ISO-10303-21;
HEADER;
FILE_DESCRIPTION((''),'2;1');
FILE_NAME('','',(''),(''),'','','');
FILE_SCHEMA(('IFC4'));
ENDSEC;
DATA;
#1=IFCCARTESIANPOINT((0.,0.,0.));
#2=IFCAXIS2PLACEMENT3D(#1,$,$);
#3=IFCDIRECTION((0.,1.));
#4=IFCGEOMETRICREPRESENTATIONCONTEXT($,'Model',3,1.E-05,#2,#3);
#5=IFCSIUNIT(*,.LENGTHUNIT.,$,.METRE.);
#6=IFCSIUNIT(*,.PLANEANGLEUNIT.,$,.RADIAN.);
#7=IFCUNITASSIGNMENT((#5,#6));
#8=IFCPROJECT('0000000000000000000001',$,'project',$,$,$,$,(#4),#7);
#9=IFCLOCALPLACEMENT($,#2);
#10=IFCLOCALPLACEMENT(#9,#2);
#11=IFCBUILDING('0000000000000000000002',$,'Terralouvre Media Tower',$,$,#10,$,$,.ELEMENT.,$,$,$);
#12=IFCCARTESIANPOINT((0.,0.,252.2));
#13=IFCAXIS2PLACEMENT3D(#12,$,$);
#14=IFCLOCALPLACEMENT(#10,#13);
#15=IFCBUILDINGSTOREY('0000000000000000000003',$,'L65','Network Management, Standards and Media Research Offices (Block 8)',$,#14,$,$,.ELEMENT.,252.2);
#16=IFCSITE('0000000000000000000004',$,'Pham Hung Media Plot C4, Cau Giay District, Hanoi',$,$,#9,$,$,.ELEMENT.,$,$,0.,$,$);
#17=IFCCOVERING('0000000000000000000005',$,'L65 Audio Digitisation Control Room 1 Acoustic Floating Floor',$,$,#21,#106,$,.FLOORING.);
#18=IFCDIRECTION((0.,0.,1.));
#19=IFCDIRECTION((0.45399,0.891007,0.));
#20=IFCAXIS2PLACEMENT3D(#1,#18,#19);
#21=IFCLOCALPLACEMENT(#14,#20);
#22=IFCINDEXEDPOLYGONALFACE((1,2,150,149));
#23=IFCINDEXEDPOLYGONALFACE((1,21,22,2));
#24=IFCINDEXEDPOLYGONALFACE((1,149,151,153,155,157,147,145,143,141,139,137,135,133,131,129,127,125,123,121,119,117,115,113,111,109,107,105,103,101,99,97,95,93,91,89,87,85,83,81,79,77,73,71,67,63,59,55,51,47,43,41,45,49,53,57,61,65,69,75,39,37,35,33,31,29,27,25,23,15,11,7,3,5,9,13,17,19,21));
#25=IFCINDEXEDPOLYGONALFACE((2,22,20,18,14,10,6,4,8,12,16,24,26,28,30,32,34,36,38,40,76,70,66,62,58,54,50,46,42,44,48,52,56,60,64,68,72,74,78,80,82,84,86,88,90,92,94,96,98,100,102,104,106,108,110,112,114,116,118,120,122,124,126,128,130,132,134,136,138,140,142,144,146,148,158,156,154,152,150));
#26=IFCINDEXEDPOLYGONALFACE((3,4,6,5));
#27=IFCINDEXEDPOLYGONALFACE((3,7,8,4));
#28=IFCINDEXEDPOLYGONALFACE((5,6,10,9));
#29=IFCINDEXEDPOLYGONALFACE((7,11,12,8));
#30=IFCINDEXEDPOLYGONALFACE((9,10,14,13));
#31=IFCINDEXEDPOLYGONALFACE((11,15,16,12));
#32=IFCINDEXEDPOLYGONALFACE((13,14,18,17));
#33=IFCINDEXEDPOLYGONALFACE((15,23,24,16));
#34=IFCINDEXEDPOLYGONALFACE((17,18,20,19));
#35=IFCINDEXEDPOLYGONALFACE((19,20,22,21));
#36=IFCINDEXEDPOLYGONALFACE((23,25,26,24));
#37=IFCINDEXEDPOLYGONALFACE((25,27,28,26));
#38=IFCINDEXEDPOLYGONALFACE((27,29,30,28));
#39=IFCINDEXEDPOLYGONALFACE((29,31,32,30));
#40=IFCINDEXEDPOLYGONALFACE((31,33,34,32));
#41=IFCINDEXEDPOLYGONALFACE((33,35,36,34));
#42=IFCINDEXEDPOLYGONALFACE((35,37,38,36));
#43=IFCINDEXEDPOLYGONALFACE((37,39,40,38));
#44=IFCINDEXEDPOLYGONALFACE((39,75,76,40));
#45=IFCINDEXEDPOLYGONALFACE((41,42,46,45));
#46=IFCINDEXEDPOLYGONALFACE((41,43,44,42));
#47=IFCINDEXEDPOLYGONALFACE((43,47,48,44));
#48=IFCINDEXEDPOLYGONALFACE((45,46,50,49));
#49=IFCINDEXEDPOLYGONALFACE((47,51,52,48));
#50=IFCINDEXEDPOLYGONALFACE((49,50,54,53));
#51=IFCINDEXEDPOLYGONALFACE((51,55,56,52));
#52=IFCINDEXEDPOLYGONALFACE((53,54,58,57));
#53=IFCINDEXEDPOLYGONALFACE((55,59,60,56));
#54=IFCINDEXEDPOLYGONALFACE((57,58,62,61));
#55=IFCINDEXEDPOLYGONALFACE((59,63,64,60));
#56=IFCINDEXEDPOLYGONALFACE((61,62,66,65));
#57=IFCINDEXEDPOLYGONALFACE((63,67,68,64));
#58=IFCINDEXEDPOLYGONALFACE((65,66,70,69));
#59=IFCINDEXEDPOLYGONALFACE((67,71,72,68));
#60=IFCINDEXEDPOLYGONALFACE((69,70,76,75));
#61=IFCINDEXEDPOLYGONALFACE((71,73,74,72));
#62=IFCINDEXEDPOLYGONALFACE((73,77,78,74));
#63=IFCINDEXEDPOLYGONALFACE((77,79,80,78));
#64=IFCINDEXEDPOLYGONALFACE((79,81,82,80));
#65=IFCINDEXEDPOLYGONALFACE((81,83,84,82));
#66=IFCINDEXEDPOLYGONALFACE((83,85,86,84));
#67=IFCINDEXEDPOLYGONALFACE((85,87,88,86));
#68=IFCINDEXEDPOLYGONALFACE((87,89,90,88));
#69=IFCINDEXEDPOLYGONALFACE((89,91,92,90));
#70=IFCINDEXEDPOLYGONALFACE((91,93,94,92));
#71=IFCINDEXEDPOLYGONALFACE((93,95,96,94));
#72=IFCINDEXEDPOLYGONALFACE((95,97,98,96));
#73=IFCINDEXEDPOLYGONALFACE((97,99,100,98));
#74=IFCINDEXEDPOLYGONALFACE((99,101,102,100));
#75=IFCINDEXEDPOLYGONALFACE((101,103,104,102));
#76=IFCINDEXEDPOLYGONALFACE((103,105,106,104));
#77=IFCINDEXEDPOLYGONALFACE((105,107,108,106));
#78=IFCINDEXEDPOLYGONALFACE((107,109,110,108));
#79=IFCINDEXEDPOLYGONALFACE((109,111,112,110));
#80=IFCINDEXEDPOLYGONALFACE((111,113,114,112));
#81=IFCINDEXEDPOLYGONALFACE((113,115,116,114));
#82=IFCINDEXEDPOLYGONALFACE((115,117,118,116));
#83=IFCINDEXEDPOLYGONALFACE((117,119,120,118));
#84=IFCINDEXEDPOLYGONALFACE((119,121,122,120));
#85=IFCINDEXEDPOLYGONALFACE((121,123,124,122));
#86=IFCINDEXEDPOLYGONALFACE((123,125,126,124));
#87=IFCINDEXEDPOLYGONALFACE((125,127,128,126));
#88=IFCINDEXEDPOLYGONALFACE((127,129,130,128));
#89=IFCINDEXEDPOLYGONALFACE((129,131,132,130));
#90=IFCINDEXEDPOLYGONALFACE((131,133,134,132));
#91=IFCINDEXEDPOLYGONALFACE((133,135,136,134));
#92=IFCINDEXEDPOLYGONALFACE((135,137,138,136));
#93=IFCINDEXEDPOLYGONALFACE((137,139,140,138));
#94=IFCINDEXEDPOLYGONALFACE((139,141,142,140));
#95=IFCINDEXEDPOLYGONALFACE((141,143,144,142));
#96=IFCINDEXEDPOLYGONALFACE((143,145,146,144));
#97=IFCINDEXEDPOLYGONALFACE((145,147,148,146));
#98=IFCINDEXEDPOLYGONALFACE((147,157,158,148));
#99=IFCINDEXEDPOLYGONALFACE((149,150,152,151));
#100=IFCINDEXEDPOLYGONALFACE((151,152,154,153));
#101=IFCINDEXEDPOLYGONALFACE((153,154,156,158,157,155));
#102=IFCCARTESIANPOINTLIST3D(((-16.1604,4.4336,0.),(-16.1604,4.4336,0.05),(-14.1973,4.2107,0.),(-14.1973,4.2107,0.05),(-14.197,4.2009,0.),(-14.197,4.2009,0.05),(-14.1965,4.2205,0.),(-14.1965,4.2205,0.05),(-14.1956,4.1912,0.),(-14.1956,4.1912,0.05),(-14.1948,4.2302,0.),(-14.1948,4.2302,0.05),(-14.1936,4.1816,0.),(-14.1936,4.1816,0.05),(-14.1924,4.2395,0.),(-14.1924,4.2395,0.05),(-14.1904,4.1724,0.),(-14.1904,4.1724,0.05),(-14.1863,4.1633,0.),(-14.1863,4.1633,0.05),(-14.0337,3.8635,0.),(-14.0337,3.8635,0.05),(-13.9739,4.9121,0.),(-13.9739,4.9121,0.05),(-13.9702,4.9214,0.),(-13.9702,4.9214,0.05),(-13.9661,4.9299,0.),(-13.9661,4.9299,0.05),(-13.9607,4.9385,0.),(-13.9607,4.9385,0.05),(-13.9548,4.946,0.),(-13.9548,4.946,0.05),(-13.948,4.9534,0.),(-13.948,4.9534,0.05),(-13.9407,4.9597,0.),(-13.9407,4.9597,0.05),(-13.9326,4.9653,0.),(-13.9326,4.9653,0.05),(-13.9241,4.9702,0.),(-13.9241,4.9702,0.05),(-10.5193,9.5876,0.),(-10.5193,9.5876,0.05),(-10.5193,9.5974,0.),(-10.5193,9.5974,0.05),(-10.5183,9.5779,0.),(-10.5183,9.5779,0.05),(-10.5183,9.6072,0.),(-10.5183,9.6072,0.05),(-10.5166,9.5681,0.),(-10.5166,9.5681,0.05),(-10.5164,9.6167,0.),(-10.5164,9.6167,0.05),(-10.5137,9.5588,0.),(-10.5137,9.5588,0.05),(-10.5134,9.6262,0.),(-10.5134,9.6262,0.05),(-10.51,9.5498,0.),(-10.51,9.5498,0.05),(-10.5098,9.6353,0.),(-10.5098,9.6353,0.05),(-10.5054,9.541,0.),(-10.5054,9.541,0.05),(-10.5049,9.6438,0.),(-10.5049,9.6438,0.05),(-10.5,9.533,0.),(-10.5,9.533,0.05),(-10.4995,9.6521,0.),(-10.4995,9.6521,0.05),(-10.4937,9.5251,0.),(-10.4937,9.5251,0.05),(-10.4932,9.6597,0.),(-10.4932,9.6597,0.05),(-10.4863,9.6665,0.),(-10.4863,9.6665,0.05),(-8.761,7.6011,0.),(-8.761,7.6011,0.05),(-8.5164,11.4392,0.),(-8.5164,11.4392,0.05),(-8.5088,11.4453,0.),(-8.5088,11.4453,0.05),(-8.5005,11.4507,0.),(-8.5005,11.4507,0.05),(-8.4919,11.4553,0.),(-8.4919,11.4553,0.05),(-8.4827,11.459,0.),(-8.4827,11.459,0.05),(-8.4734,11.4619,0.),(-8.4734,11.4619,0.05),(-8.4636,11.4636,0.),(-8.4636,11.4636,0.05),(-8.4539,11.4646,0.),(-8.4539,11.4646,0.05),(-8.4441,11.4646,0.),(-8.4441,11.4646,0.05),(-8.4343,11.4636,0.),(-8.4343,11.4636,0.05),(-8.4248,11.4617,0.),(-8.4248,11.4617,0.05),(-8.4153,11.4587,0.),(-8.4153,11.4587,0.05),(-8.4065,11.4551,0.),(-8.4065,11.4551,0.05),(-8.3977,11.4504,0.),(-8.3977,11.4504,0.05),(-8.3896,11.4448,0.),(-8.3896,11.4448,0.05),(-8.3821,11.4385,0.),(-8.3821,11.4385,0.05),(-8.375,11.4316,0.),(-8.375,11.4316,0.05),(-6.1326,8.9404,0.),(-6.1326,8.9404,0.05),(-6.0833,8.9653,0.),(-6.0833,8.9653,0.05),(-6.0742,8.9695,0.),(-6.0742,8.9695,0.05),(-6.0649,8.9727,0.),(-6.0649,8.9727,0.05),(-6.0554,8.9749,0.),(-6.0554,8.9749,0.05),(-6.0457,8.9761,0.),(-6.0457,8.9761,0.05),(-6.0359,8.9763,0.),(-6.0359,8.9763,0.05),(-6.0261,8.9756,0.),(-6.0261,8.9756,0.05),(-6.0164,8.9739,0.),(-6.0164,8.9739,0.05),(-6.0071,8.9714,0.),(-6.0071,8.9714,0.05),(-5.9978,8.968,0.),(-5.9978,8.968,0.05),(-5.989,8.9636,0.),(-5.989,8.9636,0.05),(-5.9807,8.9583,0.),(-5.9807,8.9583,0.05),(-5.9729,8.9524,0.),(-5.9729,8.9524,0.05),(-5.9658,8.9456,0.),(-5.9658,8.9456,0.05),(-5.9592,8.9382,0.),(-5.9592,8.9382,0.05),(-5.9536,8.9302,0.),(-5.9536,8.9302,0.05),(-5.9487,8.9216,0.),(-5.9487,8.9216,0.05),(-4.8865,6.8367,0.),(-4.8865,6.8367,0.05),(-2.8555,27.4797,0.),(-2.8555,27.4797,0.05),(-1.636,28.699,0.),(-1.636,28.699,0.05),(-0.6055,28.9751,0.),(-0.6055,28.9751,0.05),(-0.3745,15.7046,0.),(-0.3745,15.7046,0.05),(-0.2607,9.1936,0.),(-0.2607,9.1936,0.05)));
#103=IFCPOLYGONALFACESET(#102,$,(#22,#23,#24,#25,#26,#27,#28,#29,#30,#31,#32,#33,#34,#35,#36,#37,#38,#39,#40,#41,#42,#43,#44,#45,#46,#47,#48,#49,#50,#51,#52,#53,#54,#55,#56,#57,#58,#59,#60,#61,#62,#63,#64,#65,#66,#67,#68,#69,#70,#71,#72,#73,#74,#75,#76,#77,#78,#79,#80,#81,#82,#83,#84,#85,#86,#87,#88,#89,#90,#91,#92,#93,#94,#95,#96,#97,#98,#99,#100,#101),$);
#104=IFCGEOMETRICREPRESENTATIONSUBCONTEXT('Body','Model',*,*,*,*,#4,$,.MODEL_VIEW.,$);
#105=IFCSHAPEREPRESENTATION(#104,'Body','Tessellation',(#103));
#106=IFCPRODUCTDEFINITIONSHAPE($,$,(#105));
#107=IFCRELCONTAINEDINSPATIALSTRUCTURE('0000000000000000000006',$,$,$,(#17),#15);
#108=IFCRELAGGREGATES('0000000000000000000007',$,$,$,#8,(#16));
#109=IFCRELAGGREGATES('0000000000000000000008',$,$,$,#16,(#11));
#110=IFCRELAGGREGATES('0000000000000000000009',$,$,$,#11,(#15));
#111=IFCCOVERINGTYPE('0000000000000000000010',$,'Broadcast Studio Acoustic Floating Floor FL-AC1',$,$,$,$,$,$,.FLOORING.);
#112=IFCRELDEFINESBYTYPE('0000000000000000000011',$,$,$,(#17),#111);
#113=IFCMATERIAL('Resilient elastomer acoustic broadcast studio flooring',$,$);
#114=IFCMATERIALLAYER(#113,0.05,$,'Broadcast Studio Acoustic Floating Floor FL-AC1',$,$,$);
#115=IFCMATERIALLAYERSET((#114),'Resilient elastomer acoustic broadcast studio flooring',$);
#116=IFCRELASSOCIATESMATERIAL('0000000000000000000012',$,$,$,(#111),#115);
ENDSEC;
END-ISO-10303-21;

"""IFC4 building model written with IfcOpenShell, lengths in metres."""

from ifc_helpers import new_model, si_unit, direction, frame, origin, place, context, subcontext, project, spatial, polyline, outline, extrude, material, layer, layer_set, type_object, element, save


model = new_model("IFC4")

# Units and contexts
model_context = context("Model", 3, precision=1e-05, world=origin(), true_north=direction((0.0, 1.0)))
body_context = subcontext(model_context, "Body", "Model", "MODEL_VIEW")
ifc_project = project(units=[si_unit("LENGTHUNIT", "METRE"), si_unit("PLANEANGLEUNIT", "RADIAN")], contexts=[model_context])

# Site, building, storey
site_placement = place(None, origin())
site = spatial("IfcSite", under=ifc_project, at=site_placement, Name="Pham Hung Media Plot C4, Cau Giay District, Hanoi", CompositionType="ELEMENT", RefElevation=0.0)
building_placement = place(site_placement, origin())
building = spatial("IfcBuilding", under=site, at=building_placement, Name="Terralouvre Media Tower", CompositionType="ELEMENT")
storey_placement = place(building_placement, frame((0.0, 0.0, 252.2)))
storey = spatial("IfcBuildingStorey", under=building, at=storey_placement, Name="L65", Description="Network Management, Standards and Media Research Offices (Block 8)", CompositionType="ELEMENT", Elevation=252.2)

# Covering
ifc_material_1 = material(Name="Resilient elastomer acoustic broadcast studio flooring")
ifc_layer_1 = layer(ifc_material_1, 0.05, Name="Broadcast Studio Acoustic Floating Floor FL-AC1")
ifc_layer_set_1 = layer_set([ifc_layer_1], Name="Resilient elastomer acoustic broadcast studio flooring")
covering_type_1 = type_object("IfcCoveringType", Name="Broadcast Studio Acoustic Floating Floor FL-AC1", PredefinedType="FLOORING", material=ifc_layer_set_1)
covering_1_placement = place(storey_placement, frame((0.0, 0.0, 0.0), z_axis=(0.0, 0.0, 1.0), x_axis=(0.45399, 0.891007, 0.0)))
element("IfcCovering", 1, at=covering_1_placement, inside=storey, type_object=covering_type_1, Name="L65 Audio Digitisation Control Room 1 Acoustic Floating Floor", PredefinedType="FLOORING", context=body_context, shape_type="SweptSolid", body=[
    extrude(outline(polyline([(-14.1863, 4.1633), (-14.1904, 4.1724), (-14.1936, 4.1816), (-14.1956, 4.1912), (-14.197, 4.2009), (-14.1973, 4.2107), (-14.1965, 4.2205), (-14.1948, 4.2302), (-14.1924, 4.2395), (-13.9739, 4.9121), (-13.9702, 4.9214), (-13.9661, 4.9299), (-13.9607, 4.9385), (-13.9548, 4.946), (-13.948, 4.9534), (-13.9407, 4.9597), (-13.9326, 4.9653), (-13.9241, 4.9702), (-8.761, 7.6011), (-10.4937, 9.5251), (-10.5, 9.533), (-10.5054, 9.541), (-10.51, 9.5498), (-10.5137, 9.5588), (-10.5166, 9.5681), (-10.5183, 9.5779), (-10.5193, 9.5876), (-10.5193, 9.5974), (-10.5183, 9.6072), (-10.5164, 9.6167), (-10.5134, 9.6262), (-10.5098, 9.6353), (-10.5049, 9.6438), (-10.4995, 9.6521), (-10.4932, 9.6597), (-10.4863, 9.6665), (-8.5164, 11.4392), (-8.5088, 11.4453), (-8.5005, 11.4507), (-8.4919, 11.4553), (-8.4827, 11.459), (-8.4734, 11.4619), (-8.4636, 11.4636), (-8.4539, 11.4646), (-8.4441, 11.4646), (-8.4343, 11.4636), (-8.4248, 11.4617), (-8.4153, 11.4587), (-8.4065, 11.4551), (-8.3977, 11.4504), (-8.3896, 11.4448), (-8.3821, 11.4385), (-8.375, 11.4316), (-6.1326, 8.9404), (-6.0833, 8.9653), (-6.0742, 8.9695), (-6.0649, 8.9727), (-6.0554, 8.9749), (-6.0457, 8.9761), (-6.0359, 8.9763), (-6.0261, 8.9756), (-6.0164, 8.9739), (-6.0071, 8.9714), (-5.9978, 8.968), (-5.989, 8.9636), (-5.9807, 8.9583), (-5.9729, 8.9524), (-5.9658, 8.9456), (-5.9592, 8.9382), (-5.9536, 8.9302), (-5.9487, 8.9216), (-4.8865, 6.8367), (-0.2607, 9.1936), (-0.3745, 15.7046), (-0.6055, 28.9751), (-1.636, 28.699), (-2.8555, 27.4797), (-16.1604, 4.4336), (-14.0337, 3.8635), (-14.1863, 4.1633)])), origin(), (0.0, 0.0, 1.0), 0.05),
])

save(model, "model.ifc")
